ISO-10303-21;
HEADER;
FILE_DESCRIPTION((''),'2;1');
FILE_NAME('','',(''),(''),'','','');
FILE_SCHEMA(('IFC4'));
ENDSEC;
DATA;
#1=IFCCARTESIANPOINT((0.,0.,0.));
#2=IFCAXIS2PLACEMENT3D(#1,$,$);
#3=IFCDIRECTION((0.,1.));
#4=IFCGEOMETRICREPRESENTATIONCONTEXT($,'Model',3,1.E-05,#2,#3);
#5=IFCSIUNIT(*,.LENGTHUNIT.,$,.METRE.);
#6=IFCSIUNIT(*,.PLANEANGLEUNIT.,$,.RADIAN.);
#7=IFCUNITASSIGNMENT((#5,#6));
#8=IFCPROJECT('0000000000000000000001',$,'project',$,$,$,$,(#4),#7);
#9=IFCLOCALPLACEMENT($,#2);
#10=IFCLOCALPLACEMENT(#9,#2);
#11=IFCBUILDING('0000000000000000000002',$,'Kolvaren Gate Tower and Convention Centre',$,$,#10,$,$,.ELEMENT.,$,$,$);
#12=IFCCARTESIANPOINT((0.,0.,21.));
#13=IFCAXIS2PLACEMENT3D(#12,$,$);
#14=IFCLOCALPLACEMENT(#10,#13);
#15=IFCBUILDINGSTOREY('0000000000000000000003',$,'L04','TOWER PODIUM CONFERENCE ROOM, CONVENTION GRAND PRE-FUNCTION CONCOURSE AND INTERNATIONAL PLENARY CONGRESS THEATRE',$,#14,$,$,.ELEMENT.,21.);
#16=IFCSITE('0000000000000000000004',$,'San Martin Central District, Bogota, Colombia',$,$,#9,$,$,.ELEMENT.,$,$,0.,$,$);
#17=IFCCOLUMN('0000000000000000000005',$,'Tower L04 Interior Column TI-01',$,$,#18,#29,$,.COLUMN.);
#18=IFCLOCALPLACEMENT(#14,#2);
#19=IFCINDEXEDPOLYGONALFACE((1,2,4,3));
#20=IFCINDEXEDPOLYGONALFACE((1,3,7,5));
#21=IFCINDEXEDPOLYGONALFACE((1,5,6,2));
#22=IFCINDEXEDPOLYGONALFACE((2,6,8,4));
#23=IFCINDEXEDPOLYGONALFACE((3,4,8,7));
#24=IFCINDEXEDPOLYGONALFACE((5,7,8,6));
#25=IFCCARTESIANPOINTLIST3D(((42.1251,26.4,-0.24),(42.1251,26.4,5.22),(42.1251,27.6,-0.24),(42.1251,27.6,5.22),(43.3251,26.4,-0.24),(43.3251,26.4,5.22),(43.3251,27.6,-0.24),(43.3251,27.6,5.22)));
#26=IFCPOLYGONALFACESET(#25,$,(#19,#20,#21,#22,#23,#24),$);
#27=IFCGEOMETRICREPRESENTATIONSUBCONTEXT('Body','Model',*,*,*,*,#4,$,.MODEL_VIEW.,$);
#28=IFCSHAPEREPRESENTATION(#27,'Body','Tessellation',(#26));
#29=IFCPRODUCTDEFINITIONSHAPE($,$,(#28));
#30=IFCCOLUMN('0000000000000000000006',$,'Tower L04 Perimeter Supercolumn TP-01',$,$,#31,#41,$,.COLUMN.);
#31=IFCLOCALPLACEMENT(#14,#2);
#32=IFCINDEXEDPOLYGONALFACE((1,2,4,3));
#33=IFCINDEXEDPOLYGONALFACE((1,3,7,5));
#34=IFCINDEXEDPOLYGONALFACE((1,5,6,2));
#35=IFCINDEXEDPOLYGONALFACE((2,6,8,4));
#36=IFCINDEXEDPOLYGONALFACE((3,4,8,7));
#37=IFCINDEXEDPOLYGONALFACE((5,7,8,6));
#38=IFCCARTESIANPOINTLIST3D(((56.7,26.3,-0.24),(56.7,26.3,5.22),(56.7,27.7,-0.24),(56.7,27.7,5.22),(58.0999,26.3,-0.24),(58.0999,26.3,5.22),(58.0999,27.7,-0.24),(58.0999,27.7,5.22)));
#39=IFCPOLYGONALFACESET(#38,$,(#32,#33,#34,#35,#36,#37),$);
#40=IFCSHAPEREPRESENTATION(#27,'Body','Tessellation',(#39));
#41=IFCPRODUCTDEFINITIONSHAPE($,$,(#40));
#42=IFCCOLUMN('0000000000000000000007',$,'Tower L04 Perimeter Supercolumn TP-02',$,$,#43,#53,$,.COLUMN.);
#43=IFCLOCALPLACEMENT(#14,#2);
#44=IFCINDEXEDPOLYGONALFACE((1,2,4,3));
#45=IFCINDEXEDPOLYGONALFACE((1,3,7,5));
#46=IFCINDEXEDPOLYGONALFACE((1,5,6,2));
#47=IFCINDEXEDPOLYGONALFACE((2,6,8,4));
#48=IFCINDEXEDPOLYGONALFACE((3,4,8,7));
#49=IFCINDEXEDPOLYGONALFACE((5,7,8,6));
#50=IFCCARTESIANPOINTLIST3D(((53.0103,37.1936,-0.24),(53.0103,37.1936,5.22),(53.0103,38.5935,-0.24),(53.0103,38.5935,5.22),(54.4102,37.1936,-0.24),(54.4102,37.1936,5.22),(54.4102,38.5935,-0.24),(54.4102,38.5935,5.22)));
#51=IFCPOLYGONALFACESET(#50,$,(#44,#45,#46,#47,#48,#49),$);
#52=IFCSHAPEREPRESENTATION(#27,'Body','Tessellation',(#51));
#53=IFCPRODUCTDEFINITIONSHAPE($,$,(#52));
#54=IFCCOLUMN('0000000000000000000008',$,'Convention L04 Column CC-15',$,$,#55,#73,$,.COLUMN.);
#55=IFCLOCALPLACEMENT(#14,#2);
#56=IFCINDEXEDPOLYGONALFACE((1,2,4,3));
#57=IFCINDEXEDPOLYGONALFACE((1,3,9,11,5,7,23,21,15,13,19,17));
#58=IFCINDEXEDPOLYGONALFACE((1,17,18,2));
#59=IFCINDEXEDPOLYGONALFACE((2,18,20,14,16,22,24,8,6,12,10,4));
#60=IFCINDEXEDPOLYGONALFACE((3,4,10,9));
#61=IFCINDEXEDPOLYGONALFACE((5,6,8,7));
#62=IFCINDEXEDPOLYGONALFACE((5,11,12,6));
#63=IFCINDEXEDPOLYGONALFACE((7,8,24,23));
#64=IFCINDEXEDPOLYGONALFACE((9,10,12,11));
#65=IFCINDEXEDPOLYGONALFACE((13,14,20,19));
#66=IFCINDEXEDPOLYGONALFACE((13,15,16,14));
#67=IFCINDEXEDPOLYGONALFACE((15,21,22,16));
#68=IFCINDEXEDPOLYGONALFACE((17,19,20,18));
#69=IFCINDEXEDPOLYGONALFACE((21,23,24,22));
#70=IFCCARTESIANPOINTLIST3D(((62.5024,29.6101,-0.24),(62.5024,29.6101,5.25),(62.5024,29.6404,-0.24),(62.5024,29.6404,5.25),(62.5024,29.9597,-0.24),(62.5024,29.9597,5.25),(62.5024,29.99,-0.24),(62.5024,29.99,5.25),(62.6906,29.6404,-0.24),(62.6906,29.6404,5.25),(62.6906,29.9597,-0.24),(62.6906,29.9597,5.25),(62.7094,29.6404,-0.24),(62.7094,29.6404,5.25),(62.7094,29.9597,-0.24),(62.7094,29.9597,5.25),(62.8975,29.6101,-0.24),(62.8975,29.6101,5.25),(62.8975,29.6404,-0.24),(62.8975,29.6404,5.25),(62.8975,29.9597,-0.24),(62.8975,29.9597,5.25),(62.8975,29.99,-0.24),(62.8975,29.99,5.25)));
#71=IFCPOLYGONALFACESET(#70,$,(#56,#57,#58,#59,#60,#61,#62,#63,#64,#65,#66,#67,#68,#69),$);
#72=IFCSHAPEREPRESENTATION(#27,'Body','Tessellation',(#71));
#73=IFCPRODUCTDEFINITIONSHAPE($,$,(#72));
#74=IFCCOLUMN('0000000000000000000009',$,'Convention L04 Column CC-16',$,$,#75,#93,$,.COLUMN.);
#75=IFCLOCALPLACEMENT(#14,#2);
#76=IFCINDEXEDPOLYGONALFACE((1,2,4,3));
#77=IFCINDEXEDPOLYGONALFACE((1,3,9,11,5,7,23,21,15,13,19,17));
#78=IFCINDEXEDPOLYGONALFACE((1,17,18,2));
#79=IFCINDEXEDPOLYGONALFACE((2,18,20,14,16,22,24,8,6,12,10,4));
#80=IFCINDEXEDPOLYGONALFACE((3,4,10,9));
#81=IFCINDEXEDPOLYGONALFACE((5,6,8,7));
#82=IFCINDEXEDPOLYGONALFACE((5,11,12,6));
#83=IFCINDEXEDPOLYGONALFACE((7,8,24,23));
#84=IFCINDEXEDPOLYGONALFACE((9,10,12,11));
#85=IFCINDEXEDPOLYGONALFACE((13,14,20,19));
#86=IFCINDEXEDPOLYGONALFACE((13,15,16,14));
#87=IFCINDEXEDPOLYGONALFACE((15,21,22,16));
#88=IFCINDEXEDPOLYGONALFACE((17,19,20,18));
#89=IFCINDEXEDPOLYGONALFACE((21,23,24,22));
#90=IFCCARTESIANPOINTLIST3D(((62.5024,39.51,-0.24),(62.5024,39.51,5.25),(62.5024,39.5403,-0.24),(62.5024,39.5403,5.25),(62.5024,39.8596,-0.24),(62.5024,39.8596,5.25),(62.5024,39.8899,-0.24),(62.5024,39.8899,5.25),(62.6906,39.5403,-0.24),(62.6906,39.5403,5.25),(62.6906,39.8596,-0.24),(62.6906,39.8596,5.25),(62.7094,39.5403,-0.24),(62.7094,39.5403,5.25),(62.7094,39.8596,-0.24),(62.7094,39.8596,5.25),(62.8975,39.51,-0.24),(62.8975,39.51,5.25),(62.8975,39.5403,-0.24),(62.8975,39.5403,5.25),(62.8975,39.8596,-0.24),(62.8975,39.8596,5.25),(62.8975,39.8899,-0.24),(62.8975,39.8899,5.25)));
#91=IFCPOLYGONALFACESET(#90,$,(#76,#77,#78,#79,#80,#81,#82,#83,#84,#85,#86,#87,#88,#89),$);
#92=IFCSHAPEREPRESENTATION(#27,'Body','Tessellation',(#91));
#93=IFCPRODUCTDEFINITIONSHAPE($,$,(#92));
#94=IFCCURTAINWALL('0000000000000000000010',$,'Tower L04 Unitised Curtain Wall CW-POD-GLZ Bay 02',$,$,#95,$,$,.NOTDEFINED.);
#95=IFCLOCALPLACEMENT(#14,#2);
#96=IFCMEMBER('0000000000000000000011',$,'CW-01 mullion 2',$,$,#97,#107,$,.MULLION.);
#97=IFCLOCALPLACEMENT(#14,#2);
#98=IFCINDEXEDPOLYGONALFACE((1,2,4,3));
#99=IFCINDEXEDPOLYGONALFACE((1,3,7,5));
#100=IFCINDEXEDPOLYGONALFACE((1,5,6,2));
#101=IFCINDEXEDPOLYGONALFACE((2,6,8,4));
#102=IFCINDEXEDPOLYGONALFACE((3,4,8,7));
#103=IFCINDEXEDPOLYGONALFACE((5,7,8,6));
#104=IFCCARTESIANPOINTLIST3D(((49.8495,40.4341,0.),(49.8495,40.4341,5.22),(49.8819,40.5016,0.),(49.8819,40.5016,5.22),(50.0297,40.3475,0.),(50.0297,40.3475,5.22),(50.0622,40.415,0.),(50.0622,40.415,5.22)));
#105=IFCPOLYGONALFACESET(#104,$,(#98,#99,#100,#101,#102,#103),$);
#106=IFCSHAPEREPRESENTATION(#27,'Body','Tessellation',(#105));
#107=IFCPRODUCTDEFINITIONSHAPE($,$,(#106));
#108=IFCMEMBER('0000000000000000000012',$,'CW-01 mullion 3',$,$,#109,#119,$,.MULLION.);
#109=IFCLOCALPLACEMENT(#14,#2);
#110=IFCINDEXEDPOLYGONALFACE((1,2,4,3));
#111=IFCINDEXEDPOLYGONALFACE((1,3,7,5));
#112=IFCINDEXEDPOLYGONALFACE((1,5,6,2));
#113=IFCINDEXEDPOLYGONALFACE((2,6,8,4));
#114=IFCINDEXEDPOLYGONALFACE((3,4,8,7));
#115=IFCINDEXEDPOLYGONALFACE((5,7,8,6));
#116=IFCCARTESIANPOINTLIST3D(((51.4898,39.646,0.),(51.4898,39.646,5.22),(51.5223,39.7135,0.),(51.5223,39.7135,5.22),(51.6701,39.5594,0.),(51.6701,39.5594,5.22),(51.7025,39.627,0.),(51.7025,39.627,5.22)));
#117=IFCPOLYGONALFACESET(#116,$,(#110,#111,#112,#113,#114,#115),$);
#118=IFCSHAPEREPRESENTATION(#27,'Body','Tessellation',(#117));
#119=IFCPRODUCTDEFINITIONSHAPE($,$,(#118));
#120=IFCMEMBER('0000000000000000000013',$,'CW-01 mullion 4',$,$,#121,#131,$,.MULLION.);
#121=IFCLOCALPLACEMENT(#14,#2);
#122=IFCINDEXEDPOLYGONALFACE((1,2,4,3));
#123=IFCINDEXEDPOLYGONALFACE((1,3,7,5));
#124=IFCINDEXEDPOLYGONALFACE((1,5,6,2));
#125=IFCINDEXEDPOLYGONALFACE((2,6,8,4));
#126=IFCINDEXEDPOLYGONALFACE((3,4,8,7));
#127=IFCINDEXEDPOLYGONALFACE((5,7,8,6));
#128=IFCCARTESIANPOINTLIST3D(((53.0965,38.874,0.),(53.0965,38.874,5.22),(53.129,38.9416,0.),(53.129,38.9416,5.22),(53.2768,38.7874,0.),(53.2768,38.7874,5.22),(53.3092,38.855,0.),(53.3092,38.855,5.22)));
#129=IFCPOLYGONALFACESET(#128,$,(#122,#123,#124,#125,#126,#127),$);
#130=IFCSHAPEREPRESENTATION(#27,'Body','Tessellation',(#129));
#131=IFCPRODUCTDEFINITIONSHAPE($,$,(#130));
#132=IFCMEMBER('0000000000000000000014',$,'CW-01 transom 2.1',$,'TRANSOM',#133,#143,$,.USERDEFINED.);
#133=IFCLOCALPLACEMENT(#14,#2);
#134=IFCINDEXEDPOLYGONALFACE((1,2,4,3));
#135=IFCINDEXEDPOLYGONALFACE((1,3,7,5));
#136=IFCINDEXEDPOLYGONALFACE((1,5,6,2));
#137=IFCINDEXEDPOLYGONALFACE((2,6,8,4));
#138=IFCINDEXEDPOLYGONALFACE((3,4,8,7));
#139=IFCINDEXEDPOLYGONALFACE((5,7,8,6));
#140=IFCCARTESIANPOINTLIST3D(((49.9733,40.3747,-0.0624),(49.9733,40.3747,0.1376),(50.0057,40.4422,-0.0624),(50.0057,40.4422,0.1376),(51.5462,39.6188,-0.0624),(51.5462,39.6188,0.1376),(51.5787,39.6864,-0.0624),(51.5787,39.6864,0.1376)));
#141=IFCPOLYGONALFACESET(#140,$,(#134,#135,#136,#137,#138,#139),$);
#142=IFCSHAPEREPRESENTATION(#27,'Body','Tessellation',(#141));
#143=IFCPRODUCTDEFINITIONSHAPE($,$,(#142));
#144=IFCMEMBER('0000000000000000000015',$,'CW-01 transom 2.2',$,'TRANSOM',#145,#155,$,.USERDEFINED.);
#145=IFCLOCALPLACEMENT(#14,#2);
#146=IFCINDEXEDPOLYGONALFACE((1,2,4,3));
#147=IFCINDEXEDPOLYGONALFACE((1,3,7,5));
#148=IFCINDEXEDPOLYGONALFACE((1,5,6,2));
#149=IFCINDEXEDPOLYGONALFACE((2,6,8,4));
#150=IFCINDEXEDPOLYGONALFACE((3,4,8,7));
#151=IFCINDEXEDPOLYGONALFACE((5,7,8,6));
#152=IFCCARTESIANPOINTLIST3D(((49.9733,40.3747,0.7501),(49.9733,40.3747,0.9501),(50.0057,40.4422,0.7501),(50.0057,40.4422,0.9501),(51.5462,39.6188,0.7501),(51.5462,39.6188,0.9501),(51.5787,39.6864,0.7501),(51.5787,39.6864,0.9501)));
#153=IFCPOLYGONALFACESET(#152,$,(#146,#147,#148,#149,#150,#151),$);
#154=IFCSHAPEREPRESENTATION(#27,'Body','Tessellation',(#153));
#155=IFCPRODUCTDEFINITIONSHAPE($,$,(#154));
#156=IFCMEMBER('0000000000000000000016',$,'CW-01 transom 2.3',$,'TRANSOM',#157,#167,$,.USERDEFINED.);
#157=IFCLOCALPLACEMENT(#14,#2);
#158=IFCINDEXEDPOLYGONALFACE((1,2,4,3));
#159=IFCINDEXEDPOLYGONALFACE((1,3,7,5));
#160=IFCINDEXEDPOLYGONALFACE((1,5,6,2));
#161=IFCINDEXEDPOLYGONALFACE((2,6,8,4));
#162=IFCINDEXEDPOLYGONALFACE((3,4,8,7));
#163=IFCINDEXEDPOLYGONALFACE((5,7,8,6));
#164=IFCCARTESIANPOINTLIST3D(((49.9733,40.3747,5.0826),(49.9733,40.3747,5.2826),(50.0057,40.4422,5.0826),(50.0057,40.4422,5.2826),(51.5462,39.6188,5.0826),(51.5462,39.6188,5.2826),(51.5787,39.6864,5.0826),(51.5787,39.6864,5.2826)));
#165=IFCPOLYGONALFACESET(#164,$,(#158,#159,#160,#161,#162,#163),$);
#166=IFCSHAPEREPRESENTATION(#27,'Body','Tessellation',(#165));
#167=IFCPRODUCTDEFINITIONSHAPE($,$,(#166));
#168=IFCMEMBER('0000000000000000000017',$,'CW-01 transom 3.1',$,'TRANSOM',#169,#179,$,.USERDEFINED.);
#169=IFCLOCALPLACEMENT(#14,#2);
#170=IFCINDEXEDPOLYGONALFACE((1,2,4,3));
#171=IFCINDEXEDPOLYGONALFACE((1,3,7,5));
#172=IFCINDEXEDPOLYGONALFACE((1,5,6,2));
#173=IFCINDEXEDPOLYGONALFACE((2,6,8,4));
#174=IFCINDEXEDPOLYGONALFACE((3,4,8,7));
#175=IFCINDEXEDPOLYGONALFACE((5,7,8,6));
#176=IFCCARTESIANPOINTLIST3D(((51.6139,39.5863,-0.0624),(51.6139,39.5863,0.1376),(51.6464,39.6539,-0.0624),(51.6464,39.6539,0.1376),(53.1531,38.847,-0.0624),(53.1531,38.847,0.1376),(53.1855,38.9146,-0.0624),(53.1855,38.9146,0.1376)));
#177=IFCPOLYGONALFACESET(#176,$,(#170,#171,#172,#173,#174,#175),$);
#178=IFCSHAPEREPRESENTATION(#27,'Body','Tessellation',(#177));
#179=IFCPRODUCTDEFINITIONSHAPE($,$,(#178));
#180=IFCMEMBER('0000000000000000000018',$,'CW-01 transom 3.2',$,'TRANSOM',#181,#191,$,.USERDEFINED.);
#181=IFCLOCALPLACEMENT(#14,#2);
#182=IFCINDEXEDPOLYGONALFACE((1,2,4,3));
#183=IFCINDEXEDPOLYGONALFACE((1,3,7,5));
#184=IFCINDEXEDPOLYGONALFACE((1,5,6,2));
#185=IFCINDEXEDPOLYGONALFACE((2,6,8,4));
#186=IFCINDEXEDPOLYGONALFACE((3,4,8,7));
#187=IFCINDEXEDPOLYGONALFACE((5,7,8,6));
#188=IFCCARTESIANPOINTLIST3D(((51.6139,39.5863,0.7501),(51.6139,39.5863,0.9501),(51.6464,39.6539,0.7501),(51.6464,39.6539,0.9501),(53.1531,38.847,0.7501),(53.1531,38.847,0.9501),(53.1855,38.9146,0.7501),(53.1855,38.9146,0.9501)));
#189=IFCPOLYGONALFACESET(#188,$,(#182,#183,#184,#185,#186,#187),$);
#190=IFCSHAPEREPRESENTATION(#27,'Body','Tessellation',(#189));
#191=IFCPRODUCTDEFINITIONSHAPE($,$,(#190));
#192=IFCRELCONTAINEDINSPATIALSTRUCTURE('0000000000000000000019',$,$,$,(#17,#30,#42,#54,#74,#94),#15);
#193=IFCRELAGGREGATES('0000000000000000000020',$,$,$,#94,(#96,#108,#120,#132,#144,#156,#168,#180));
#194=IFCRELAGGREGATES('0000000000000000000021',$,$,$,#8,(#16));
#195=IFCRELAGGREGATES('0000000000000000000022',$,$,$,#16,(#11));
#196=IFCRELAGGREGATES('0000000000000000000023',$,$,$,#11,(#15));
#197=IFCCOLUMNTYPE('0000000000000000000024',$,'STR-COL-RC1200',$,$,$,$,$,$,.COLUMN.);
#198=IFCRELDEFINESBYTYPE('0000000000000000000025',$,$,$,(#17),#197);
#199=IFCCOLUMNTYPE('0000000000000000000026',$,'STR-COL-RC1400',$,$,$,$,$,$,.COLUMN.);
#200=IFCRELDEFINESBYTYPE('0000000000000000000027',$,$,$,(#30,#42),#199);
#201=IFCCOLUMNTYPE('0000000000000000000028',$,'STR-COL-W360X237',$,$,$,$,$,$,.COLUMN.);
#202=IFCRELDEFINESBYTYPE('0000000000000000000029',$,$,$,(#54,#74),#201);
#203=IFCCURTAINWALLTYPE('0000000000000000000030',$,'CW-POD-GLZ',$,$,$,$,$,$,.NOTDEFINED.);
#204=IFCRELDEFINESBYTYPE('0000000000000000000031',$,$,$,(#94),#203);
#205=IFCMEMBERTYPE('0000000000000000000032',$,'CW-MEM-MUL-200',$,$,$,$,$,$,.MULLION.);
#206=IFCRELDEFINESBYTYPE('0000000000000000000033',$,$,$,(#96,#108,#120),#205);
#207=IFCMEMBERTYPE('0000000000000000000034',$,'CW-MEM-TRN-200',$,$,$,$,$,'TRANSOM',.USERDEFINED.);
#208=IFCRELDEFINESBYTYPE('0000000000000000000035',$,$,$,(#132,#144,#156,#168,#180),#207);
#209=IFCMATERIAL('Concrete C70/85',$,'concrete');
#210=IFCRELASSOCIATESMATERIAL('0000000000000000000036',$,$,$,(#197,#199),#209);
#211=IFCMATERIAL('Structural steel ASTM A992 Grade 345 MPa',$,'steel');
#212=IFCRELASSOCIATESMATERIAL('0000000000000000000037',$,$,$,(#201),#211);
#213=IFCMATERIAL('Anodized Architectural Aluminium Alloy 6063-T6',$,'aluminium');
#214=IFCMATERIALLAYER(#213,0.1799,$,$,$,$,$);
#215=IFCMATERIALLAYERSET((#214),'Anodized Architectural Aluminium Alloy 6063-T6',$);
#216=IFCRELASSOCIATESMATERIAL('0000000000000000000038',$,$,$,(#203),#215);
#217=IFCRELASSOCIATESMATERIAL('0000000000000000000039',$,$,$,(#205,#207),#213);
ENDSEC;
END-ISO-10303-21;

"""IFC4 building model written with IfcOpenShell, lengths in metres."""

from ifc_helpers import new_model, si_unit, direction, frame, origin, origin_2d, place, context, subcontext, project, spatial, rectangle, i_section, extrude, material, layer, layer_set, material_profile, profile_set, type_object, element, aggregate, save


model = new_model("IFC4")

# Units and contexts
model_context = context("Model", 3, precision=1e-05, world=origin(), true_north=direction((0.0, 1.0)))
body_context = subcontext(model_context, "Body", "Model", "MODEL_VIEW")
ifc_project = project(units=[si_unit("LENGTHUNIT", "METRE"), si_unit("PLANEANGLEUNIT", "RADIAN")], contexts=[model_context])

# Site, building, storey
site_placement = place(None, origin())
site = spatial("IfcSite", under=ifc_project, at=site_placement, Name="San Martin Central District, Bogota, Colombia", CompositionType="ELEMENT", RefElevation=0.0)
building_placement = place(site_placement, origin())
building = spatial("IfcBuilding", under=site, at=building_placement, Name="Kolvaren Gate Tower and Convention Centre", CompositionType="ELEMENT")
storey_placement = place(building_placement, frame((0.0, 0.0, 21.0)))
storey = spatial("IfcBuildingStorey", under=building, at=storey_placement, Name="L04", Description="TOWER PODIUM CONFERENCE ROOM, CONVENTION GRAND PRE-FUNCTION CONCOURSE AND INTERNATIONAL PLENARY CONGRESS THEATRE", CompositionType="ELEMENT", Elevation=21.0)

# Columns
ifc_material_1 = material(Name="Concrete C70/85", Category="concrete")
ifc_material_profile_1 = material_profile(ifc_material_1, rectangle(XDim=1.2, YDim=1.2, at=origin_2d()), Name="RC-COL-1200X1200")
ifc_profile_set_1 = profile_set([ifc_material_profile_1], Name="Concrete C70/85")
column_type_1 = type_object("IfcColumnType", Name="STR-COL-RC1200", PredefinedType="COLUMN", material=ifc_profile_set_1)
column_placement = place(storey_placement, frame((42.7251, 27.0, -0.24), z_axis=(0.0, 0.0, 1.0), x_axis=(1.0, 0.0, 0.0)))
element("IfcColumn", 1, at=column_placement, inside=storey, type_object=column_type_1, Name="Tower L04 Interior Column TI-01", PredefinedType="COLUMN", context=body_context, shape_type="SweptSolid", body=[
    extrude(rectangle(XDim=1.2, YDim=1.2, at=origin_2d()), origin(), (0.0, 0.0, 1.0), 5.46),
])
ifc_material_profile_2 = material_profile(ifc_material_1, rectangle(XDim=1.3999, YDim=1.3999, at=origin_2d()), Name="RC-COL-1400X1400")
ifc_profile_set_2 = profile_set([ifc_material_profile_2], Name="Concrete C70/85")
column_type_2 = type_object("IfcColumnType", Name="STR-COL-RC1400", PredefinedType="COLUMN", material=ifc_profile_set_2)
for number, where, z_axis, x_axis, name in (
    (2, (57.3999, 27.0, -0.24), (0.0, 0.0, 1.0), (1.0, 0.0, 0.0), "Tower L04 Perimeter Supercolumn TP-01"),
    (3, (53.7102, 37.8936, -0.24), (0.0, 0.0, 1.0), (1.0, 0.0, 0.0), "Tower L04 Perimeter Supercolumn TP-02"),
):
    element("IfcColumn", number, at=place(storey_placement, frame(where, z_axis=z_axis, x_axis=x_axis)), inside=storey, type_object=column_type_2, Name=name, PredefinedType="COLUMN", context=body_context, shape_type="SweptSolid", body=[
        extrude(rectangle(XDim=1.3999, YDim=1.3999, at=origin_2d()), origin(), (0.0, 0.0, 1.0), 5.46),
    ])
ifc_material_2 = material(Name="Structural steel ASTM A992 Grade 345 MPa", Category="steel")
ifc_material_profile_3 = material_profile(ifc_material_2, i_section(OverallWidth=0.395, OverallDepth=0.3799, WebThickness=0.0188, FlangeThickness=0.0303, at=origin_2d()), Name="W360X237")
ifc_profile_set_3 = profile_set([ifc_material_profile_3], Name="Structural steel ASTM A992 Grade 345 MPa")
column_type_3 = type_object("IfcColumnType", Name="STR-COL-W360X237", PredefinedType="COLUMN", material=ifc_profile_set_3)
for number, where, z_axis, x_axis, name in (
    (4, (62.7, 29.8, -0.24), (0.0, 0.0, 1.0), (1.0, 0.0, 0.0), "Convention L04 Column CC-15"),
    (5, (62.7, 39.7, -0.24), (0.0, 0.0, 1.0), (1.0, 0.0, 0.0), "Convention L04 Column CC-16"),
):
    element("IfcColumn", number, at=place(storey_placement, frame(where, z_axis=z_axis, x_axis=x_axis)), inside=storey, type_object=column_type_3, Name=name, PredefinedType="COLUMN", context=body_context, shape_type="SweptSolid", body=[
        extrude(i_section(OverallWidth=0.395, OverallDepth=0.3799, WebThickness=0.0188, FlangeThickness=0.0303, at=origin_2d()), origin(), (0.0, 0.0, 1.0), 5.49),
    ])

# Curtain wall, members
ifc_material_3 = material(Name="Anodized Architectural Aluminium Alloy 6063-T6", Category="aluminium")
ifc_layer_1 = layer(ifc_material_3, 0.1799)
ifc_layer_set_1 = layer_set([ifc_layer_1], Name="Anodized Architectural Aluminium Alloy 6063-T6")
curtain_wall_type = type_object("IfcCurtainWallType", Name="CW-POD-GLZ", PredefinedType="NOTDEFINED", material=ifc_layer_set_1)
curtain_wall_placement = place(storey_placement, origin())
curtain_wall = element("IfcCurtainWall", 6, at=curtain_wall_placement, inside=storey, type_object=curtain_wall_type, Name="Tower L04 Unitised Curtain Wall CW-POD-GLZ Bay 02", PredefinedType="NOTDEFINED")
ifc_material_profile_4 = material_profile(ifc_material_3, rectangle(XDim=0.075, YDim=0.2, at=origin_2d()), Name="CW-MEM-MUL-200")
ifc_profile_set_4 = profile_set([ifc_material_profile_4], Name="Anodized Architectural Aluminium Alloy 6063-T6")
member_type_1 = type_object("IfcMemberType", Name="CW-MEM-MUL-200", PredefinedType="MULLION", material=ifc_profile_set_4)
member_1_placement = place(storey_placement, frame((49.9558, 40.4246, 0.0), z_axis=(0.0, 0.0, 1.0), x_axis=(0.433063, 0.901364, 0.0)))
member_1 = element("IfcMember", 7, at=member_1_placement, type_object=member_type_1, Name="CW-01 mullion 2", PredefinedType="MULLION", context=body_context, shape_type="SweptSolid", body=[
    extrude(rectangle(XDim=0.075, YDim=0.2, at=origin_2d()), origin(), (0.0, 0.0, 1.0), 5.22),
])
member_2_placement = place(storey_placement, frame((51.5962, 39.6365, 0.0), z_axis=(0.0, 0.0, 1.0), x_axis=(0.433063, 0.901364, 0.0)))
member_2 = element("IfcMember", 8, at=member_2_placement, type_object=member_type_1, Name="CW-01 mullion 3", PredefinedType="MULLION", context=body_context, shape_type="SweptSolid", body=[
    extrude(rectangle(XDim=0.075, YDim=0.2, at=origin_2d()), origin(), (0.0, 0.0, 1.0), 5.22),
])
member_3_placement = place(storey_placement, frame((53.2029, 38.8645, 0.0), z_axis=(0.0, 0.0, 1.0), x_axis=(0.433063, 0.901364, 0.0)))
member_3 = element("IfcMember", 9, at=member_3_placement, type_object=member_type_1, Name="CW-01 mullion 4", PredefinedType="MULLION", context=body_context, shape_type="SweptSolid", body=[
    extrude(rectangle(XDim=0.075, YDim=0.2, at=origin_2d()), origin(), (0.0, 0.0, 1.0), 5.22),
])
ifc_material_profile_5 = material_profile(ifc_material_3, rectangle(XDim=0.075, YDim=0.2, at=origin_2d()), Name="CW-MEM-TRN-200")
ifc_profile_set_5 = profile_set([ifc_material_profile_5], Name="Anodized Architectural Aluminium Alloy 6063-T6")
member_type_2 = type_object("IfcMemberType", Name="CW-MEM-TRN-200", ElementType="TRANSOM", PredefinedType="USERDEFINED", material=ifc_profile_set_5)
member_4_placement = place(storey_placement, frame((49.9895, 40.4084, 0.0376), z_axis=(0.90134, -0.433113, 0.0), x_axis=(0.433113, 0.90134, 0.0)))
member_4 = element("IfcMember", 10, at=member_4_placement, type_object=member_type_2, Name="CW-01 transom 2.1", ObjectType="TRANSOM", PredefinedType="USERDEFINED", context=body_context, shape_type="SweptSolid", body=[
    extrude(rectangle(XDim=0.075, YDim=0.2, at=origin_2d()), origin(), (0.0, 0.0, 1.0), 1.7451),
])
member_5_placement = place(storey_placement, frame((49.9895, 40.4084, 0.8501), z_axis=(0.90134, -0.433113, 0.0), x_axis=(0.433113, 0.90134, 0.0)))
member_5 = element("IfcMember", 11, at=member_5_placement, type_object=member_type_2, Name="CW-01 transom 2.2", ObjectType="TRANSOM", PredefinedType="USERDEFINED", context=body_context, shape_type="SweptSolid", body=[
    extrude(rectangle(XDim=0.075, YDim=0.2, at=origin_2d()), origin(), (0.0, 0.0, 1.0), 1.7451),
])
member_6_placement = place(storey_placement, frame((49.9895, 40.4084, 5.1826), z_axis=(0.90134, -0.433113, 0.0), x_axis=(0.433113, 0.90134, 0.0)))
member_6 = element("IfcMember", 12, at=member_6_placement, type_object=member_type_2, Name="CW-01 transom 2.3", ObjectType="TRANSOM", PredefinedType="USERDEFINED", context=body_context, shape_type="SweptSolid", body=[
    extrude(rectangle(XDim=0.075, YDim=0.2, at=origin_2d()), origin(), (0.0, 0.0, 1.0), 1.7451),
])
member_7_placement = place(storey_placement, frame((51.6301, 39.6201, 0.0376), z_axis=(0.901407, -0.432973, 0.0), x_axis=(0.432973, 0.901407, 0.0)))
member_7 = element("IfcMember", 13, at=member_7_placement, type_object=member_type_2, Name="CW-01 transom 3.1", ObjectType="TRANSOM", PredefinedType="USERDEFINED", context=body_context, shape_type="SweptSolid", body=[
    extrude(rectangle(XDim=0.075, YDim=0.2, at=origin_2d()), origin(), (0.0, 0.0, 1.0), 1.7075),
])
member_8_placement = place(storey_placement, frame((51.6301, 39.6201, 0.8501), z_axis=(0.901407, -0.432973, 0.0), x_axis=(0.432973, 0.901407, 0.0)))
member_8 = element("IfcMember", 14, at=member_8_placement, type_object=member_type_2, Name="CW-01 transom 3.2", ObjectType="TRANSOM", PredefinedType="USERDEFINED", context=body_context, shape_type="SweptSolid", body=[
    extrude(rectangle(XDim=0.075, YDim=0.2, at=origin_2d()), origin(), (0.0, 0.0, 1.0), 1.7075),
])

aggregate(curtain_wall, [member_1, member_2, member_3, member_4, member_5, member_6, member_7, member_8])

save(model, "model.ifc")
